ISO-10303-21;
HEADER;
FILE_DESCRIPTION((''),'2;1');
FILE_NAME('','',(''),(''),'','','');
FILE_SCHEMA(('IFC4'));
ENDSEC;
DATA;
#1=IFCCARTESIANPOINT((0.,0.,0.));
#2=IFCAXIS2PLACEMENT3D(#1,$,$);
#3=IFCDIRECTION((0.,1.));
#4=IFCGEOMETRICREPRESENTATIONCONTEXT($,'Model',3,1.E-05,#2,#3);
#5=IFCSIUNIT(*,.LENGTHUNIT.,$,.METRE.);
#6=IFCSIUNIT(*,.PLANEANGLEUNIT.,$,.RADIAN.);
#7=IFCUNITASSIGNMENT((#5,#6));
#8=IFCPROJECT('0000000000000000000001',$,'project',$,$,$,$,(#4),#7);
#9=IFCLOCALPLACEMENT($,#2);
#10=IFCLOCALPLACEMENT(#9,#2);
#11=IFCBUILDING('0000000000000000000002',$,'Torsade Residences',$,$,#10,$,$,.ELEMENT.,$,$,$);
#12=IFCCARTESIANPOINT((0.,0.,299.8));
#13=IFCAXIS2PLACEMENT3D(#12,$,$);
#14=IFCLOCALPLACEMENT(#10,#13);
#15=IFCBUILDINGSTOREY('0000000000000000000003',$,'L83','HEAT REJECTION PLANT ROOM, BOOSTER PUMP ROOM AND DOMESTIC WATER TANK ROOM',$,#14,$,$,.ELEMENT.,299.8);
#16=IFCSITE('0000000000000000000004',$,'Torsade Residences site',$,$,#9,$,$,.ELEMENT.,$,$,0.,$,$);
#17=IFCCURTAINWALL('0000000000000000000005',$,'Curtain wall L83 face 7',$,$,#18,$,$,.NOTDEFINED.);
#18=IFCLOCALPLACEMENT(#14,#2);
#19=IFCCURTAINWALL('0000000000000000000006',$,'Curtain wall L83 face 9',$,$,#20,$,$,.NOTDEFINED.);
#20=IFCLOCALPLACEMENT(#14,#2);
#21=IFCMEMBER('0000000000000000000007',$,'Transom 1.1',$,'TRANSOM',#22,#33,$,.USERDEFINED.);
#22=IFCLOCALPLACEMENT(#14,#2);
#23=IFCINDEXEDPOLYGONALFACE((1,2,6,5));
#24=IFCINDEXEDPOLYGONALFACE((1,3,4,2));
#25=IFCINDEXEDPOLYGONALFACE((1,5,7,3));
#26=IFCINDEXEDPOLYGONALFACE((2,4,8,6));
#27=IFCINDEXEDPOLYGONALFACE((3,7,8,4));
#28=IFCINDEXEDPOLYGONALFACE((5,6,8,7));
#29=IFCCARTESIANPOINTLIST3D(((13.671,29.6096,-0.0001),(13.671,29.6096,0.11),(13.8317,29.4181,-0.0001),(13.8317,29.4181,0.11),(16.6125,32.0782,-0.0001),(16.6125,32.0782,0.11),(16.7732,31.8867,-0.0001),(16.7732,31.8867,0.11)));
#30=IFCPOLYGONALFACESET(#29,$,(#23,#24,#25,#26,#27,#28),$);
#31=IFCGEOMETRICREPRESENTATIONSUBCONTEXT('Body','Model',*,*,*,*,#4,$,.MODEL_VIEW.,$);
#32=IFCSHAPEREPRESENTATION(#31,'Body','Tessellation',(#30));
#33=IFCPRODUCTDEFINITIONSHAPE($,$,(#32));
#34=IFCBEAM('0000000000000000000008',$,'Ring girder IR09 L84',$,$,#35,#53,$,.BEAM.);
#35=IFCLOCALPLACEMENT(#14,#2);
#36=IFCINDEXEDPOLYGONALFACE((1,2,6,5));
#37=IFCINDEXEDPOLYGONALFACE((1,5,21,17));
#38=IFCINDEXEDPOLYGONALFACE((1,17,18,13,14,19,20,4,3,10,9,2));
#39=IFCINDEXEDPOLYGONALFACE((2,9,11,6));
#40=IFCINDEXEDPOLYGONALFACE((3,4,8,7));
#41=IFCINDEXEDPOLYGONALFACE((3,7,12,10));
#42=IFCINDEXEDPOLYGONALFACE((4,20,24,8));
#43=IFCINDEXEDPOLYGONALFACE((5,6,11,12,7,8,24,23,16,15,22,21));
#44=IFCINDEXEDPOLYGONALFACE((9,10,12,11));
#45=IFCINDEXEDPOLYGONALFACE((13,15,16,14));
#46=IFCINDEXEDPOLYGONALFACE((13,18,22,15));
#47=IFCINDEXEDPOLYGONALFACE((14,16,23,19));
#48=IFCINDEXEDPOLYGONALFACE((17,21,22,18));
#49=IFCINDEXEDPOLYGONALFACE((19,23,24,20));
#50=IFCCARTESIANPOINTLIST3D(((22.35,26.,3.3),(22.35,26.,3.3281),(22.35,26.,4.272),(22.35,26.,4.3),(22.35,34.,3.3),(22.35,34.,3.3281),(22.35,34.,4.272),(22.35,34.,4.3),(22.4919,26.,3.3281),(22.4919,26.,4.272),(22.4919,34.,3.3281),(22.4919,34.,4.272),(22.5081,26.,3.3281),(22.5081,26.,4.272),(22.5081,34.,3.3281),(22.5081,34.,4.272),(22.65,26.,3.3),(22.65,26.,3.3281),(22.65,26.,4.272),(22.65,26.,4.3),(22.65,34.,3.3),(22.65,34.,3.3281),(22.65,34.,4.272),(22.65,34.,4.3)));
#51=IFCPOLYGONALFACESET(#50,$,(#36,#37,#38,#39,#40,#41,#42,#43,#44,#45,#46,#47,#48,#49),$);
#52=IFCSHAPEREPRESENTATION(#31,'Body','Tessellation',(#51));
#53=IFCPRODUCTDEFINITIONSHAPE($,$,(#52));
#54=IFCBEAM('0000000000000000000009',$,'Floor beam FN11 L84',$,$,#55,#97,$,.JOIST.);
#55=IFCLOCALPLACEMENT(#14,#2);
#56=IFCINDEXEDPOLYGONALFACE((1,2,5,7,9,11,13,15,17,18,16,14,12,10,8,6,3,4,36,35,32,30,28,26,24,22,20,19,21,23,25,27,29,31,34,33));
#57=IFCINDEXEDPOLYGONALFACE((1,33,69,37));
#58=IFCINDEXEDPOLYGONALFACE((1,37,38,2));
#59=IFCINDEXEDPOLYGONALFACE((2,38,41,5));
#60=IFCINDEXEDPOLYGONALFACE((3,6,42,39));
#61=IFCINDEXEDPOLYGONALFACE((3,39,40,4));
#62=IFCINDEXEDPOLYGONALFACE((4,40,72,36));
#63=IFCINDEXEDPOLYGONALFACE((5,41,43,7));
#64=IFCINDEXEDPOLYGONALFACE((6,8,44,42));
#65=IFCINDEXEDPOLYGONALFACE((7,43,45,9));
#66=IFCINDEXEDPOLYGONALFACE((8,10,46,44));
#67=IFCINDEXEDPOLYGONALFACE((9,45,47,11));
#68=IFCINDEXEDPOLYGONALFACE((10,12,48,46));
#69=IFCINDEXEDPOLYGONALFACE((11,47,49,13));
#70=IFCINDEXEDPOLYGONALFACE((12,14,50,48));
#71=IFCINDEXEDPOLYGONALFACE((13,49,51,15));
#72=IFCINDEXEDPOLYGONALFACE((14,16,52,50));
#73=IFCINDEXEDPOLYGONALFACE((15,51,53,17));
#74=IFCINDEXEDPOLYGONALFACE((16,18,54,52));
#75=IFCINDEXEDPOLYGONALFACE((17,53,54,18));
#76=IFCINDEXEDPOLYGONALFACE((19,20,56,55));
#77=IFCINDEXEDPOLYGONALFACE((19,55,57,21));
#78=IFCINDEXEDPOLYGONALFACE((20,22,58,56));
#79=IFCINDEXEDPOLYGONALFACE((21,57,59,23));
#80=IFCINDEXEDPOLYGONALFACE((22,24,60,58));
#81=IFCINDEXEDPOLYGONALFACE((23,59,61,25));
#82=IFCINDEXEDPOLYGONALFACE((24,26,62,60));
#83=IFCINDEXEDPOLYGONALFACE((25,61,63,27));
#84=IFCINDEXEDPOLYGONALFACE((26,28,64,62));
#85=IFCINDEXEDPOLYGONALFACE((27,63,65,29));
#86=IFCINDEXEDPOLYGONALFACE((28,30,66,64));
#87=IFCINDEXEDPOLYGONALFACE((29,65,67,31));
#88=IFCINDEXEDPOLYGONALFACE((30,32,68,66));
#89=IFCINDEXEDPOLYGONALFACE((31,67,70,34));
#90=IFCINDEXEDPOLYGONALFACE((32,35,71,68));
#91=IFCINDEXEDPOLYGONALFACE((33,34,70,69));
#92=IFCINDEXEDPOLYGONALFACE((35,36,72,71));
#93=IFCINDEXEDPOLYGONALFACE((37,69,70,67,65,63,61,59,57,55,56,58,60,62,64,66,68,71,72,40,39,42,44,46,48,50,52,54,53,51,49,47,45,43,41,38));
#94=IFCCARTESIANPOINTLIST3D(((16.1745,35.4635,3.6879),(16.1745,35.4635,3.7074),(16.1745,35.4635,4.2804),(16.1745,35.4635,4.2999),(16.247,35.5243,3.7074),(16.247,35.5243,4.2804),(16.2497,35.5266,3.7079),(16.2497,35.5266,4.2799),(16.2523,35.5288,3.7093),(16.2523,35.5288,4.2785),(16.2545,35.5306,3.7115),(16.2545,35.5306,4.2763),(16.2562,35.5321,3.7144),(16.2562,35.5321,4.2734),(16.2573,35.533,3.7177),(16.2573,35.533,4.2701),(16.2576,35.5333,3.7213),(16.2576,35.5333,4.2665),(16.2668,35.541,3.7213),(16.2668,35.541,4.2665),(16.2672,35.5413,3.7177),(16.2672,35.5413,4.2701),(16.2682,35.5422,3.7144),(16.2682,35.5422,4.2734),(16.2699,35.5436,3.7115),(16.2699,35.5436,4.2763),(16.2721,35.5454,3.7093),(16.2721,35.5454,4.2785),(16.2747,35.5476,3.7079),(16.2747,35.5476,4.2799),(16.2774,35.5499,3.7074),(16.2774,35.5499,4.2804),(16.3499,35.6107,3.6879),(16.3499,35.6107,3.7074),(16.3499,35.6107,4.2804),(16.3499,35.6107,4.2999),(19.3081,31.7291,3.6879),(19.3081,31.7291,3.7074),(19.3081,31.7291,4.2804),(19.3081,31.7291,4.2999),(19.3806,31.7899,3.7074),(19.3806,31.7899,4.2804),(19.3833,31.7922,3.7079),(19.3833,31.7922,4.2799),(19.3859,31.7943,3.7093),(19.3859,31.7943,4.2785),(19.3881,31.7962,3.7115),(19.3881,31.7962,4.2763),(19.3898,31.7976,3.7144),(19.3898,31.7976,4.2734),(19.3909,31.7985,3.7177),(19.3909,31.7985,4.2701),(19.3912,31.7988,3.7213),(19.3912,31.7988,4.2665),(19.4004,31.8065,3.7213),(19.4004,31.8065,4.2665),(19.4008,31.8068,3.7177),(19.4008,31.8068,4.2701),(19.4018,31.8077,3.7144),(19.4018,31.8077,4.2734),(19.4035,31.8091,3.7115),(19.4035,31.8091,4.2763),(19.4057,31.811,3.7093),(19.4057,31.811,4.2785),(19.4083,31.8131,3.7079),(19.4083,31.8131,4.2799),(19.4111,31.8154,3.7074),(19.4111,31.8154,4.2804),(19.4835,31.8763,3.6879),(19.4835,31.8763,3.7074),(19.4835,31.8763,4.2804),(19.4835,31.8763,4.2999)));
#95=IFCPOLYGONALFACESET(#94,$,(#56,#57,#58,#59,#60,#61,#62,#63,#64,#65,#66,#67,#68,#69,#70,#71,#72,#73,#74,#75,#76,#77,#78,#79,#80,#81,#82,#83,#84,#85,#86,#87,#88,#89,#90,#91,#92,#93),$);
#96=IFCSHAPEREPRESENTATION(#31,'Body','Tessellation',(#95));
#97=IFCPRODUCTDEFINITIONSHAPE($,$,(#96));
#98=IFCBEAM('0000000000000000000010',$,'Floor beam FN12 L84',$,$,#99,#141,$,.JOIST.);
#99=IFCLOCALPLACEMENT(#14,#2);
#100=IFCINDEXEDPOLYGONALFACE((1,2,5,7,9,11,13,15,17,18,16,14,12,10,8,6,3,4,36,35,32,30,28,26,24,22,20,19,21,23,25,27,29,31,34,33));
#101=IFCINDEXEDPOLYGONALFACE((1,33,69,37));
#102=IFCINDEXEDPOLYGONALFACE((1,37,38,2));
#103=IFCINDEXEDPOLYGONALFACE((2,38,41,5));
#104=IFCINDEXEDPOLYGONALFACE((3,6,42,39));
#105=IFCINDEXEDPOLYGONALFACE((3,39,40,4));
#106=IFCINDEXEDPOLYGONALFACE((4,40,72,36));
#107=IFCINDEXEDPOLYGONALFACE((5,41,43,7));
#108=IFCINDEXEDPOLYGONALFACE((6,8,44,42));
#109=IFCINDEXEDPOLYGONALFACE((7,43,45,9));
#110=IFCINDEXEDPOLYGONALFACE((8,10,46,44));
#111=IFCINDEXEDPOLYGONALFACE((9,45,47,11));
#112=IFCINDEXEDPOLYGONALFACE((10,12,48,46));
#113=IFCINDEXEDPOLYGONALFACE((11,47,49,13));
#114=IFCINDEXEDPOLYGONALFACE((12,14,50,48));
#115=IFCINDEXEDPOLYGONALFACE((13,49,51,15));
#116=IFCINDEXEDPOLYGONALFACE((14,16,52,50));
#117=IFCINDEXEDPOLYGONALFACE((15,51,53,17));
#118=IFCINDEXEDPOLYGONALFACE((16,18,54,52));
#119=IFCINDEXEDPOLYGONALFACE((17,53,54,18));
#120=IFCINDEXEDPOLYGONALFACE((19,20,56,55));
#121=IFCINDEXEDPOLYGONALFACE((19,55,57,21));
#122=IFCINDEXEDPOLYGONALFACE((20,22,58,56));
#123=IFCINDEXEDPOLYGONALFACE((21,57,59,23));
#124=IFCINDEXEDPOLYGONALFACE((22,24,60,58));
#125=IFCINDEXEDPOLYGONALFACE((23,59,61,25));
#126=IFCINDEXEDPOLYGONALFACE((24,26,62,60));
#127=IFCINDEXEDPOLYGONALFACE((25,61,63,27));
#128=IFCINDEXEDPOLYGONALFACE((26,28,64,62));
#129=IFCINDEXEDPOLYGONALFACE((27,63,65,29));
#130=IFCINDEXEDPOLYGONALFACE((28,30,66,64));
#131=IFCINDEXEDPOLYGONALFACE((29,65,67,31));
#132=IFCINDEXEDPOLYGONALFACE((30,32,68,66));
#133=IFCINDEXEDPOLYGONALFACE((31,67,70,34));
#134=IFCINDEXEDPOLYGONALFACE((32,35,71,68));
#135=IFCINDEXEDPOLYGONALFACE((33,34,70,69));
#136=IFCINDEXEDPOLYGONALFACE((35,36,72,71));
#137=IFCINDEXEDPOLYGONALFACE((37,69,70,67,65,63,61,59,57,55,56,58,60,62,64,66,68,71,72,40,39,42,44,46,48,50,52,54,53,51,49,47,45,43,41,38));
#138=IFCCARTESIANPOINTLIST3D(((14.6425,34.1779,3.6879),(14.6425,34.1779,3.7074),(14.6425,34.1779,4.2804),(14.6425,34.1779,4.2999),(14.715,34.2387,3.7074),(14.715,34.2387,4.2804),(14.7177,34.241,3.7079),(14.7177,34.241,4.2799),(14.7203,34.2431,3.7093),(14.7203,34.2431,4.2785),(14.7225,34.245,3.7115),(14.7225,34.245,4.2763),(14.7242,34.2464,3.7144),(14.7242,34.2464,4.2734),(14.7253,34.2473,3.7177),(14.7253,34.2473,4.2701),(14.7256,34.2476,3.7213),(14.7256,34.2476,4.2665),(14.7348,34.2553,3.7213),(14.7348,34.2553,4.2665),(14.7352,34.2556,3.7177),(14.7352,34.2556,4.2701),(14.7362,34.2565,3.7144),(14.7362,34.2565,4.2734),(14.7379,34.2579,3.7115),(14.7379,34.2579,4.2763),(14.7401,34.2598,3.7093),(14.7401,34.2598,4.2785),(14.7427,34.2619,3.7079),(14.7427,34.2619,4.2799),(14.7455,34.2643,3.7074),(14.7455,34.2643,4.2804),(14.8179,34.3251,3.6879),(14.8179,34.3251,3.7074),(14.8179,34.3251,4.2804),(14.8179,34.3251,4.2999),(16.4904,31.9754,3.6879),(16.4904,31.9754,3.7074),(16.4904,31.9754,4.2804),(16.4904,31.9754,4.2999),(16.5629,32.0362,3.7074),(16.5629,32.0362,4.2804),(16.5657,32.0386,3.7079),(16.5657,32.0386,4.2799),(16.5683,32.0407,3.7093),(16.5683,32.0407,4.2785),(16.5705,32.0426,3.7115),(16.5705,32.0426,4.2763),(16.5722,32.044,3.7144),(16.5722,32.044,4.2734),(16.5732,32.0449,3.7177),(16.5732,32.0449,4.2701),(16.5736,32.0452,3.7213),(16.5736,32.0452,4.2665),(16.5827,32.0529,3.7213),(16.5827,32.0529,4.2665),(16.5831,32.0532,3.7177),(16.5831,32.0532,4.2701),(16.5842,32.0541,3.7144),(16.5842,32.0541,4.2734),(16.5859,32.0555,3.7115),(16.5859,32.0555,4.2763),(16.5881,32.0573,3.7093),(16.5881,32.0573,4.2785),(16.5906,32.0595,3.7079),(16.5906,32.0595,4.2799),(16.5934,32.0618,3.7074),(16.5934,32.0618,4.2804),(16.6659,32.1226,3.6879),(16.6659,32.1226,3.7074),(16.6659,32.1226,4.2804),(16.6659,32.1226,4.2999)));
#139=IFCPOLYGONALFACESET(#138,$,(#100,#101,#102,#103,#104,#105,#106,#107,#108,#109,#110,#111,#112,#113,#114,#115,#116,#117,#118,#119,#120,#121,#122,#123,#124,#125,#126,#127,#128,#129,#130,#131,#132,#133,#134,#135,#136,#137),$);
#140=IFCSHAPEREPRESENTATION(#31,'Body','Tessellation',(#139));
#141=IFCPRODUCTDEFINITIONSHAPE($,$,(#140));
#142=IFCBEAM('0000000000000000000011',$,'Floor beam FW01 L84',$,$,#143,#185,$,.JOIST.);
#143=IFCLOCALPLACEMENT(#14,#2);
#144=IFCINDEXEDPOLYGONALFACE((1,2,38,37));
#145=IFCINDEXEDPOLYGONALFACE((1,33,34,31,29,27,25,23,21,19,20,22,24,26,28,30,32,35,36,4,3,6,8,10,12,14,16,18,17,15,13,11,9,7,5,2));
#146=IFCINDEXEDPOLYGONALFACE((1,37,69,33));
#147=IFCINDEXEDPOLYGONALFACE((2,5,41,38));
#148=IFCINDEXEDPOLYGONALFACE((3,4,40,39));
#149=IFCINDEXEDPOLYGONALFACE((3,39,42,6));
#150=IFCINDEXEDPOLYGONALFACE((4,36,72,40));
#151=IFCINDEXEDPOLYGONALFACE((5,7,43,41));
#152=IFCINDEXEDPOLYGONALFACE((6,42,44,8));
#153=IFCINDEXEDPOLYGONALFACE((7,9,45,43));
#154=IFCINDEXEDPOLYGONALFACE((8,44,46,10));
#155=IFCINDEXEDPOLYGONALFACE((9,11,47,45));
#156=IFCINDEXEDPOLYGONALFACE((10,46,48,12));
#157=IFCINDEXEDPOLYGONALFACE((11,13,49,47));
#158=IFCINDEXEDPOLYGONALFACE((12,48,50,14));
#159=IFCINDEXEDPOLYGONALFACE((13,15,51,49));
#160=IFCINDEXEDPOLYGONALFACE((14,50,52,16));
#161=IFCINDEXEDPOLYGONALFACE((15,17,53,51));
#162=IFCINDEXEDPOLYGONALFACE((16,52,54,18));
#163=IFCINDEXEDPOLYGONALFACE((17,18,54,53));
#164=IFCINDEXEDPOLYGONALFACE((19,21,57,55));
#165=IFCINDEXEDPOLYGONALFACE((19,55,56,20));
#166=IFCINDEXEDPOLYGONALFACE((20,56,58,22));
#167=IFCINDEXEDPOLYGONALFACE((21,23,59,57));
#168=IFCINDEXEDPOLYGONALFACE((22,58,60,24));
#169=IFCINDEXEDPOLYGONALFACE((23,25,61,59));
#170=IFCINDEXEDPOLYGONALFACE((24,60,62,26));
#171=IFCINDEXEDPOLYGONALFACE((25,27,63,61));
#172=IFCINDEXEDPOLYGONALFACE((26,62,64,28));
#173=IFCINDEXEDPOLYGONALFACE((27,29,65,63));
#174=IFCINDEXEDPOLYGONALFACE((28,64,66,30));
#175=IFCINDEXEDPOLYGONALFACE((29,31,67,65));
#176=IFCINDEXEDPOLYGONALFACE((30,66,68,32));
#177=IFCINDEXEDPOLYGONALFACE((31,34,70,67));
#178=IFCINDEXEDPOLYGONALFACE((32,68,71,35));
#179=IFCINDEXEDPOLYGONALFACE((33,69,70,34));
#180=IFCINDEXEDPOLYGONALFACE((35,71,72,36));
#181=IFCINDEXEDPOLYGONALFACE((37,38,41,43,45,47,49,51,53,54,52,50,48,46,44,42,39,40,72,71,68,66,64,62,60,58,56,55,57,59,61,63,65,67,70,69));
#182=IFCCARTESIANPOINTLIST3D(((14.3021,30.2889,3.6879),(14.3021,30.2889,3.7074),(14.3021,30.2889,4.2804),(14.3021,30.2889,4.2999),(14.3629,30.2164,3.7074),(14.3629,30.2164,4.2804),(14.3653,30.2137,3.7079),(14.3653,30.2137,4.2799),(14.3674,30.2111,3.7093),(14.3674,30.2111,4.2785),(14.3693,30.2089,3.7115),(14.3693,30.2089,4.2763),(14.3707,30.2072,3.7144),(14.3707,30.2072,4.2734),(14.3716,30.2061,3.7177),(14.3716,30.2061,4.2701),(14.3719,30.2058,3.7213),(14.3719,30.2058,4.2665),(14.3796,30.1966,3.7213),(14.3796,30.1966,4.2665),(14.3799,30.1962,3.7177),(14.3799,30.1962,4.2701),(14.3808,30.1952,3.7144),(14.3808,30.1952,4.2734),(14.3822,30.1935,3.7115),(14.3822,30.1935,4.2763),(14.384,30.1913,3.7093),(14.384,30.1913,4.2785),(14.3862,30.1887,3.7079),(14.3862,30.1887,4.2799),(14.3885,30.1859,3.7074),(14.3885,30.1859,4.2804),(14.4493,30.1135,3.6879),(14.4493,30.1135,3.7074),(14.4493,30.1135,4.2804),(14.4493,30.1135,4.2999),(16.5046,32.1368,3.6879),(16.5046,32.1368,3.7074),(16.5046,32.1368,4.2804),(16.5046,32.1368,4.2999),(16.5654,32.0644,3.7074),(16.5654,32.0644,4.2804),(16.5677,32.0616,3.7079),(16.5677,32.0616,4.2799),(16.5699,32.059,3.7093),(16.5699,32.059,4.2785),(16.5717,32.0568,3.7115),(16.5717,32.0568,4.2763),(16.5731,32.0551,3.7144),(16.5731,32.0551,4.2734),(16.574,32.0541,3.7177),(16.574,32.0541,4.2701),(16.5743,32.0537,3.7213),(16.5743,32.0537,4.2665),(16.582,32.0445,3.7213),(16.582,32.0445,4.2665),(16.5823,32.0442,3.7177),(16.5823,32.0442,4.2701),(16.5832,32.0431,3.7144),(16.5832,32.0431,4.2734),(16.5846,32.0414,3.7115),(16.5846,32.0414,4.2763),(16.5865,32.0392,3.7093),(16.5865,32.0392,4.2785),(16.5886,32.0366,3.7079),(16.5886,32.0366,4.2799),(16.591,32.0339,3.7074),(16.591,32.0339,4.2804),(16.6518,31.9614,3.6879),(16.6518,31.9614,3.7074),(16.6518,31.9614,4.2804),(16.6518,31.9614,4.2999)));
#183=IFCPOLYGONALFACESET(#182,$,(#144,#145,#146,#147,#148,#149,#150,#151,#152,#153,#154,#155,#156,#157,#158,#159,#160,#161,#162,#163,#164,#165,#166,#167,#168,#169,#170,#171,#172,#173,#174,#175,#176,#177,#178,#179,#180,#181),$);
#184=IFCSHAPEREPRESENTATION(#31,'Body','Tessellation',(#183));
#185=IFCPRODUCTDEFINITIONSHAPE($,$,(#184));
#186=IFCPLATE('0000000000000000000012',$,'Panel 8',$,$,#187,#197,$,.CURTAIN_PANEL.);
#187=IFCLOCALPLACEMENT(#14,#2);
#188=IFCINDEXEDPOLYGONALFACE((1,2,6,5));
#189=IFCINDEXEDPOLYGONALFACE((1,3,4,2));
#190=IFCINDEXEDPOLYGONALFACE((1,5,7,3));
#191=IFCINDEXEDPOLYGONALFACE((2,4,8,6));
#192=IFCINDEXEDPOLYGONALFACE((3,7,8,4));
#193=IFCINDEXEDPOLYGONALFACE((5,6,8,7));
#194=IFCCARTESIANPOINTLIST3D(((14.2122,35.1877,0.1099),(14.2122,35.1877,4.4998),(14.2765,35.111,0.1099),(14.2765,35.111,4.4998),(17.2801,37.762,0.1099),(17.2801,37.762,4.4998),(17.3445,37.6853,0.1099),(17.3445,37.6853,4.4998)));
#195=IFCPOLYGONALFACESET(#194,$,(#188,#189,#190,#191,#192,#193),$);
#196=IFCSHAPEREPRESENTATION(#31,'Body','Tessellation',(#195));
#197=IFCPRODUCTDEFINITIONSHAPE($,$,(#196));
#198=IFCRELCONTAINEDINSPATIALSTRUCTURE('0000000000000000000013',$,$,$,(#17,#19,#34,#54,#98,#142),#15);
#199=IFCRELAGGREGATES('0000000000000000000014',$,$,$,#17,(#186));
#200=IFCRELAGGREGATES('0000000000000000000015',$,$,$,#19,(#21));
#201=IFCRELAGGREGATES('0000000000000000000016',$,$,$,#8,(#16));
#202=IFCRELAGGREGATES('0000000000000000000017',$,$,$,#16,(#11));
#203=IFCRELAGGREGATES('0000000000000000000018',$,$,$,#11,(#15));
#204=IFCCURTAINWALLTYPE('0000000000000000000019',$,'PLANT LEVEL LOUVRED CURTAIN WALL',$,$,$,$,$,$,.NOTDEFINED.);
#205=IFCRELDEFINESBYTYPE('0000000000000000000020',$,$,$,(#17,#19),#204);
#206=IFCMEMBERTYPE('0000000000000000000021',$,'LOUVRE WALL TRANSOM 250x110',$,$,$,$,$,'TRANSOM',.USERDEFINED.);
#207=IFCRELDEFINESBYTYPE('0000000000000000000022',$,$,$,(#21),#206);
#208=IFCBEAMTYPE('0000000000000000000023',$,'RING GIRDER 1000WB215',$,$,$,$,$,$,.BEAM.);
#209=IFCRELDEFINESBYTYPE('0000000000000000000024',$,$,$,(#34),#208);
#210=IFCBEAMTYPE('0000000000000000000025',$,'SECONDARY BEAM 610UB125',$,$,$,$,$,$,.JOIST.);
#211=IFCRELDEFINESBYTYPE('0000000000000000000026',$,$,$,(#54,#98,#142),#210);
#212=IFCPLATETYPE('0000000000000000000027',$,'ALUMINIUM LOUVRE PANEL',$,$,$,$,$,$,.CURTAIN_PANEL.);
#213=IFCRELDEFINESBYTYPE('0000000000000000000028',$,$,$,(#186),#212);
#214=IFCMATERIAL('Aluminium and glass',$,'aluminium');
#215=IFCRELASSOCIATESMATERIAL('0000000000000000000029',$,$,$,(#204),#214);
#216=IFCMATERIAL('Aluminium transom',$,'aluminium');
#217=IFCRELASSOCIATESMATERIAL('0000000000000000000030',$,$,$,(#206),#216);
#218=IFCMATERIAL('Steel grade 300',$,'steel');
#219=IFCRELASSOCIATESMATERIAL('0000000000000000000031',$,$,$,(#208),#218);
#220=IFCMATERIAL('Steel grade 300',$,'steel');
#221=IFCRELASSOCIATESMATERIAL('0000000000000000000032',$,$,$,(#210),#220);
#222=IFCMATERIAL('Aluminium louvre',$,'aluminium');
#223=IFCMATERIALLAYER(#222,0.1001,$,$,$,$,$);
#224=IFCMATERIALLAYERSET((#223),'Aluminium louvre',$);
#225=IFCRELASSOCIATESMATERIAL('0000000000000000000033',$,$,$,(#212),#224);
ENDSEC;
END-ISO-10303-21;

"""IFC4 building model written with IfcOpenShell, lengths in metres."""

from ifc_helpers import new_model, si_unit, direction, frame, origin, origin_2d, place, context, subcontext, project, spatial, rectangle, i_section, extrude, material, layer, layer_set, material_profile, profile_set, type_object, element, aggregate, save


model = new_model("IFC4")

# Units and contexts
model_context = context("Model", 3, precision=1e-05, world=origin(), true_north=direction((0.0, 1.0)))
body_context = subcontext(model_context, "Body", "Model", "MODEL_VIEW")
ifc_project = project(units=[si_unit("LENGTHUNIT", "METRE"), si_unit("PLANEANGLEUNIT", "RADIAN")], contexts=[model_context])

# Site, building, storey
site_placement = place(None, origin())
site = spatial("IfcSite", under=ifc_project, at=site_placement, Name="Torsade Residences site", CompositionType="ELEMENT", RefElevation=0.0)
building_placement = place(site_placement, origin())
building = spatial("IfcBuilding", under=site, at=building_placement, Name="Torsade Residences", CompositionType="ELEMENT")
storey_placement = place(building_placement, frame((0.0, 0.0, 299.8)))
storey = spatial("IfcBuildingStorey", under=building, at=storey_placement, Name="L83", Description="HEAT REJECTION PLANT ROOM, BOOSTER PUMP ROOM AND DOMESTIC WATER TANK ROOM", CompositionType="ELEMENT", Elevation=299.8)

# Curtain wall
ifc_material_1 = material(Name="Aluminium and glass", Category="aluminium")
curtain_wall_type = type_object("IfcCurtainWallType", Name="PLANT LEVEL LOUVRED CURTAIN WALL", PredefinedType="NOTDEFINED", material=ifc_material_1)
curtain_wall_1_placement = place(storey_placement, origin())
curtain_wall_1 = element("IfcCurtainWall", 1, at=curtain_wall_1_placement, inside=storey, type_object=curtain_wall_type, Name="Curtain wall L83 face 7", PredefinedType="NOTDEFINED")

# Curtain wall, member
curtain_wall_2_placement = place(storey_placement, origin())
curtain_wall_2 = element("IfcCurtainWall", 2, at=curtain_wall_2_placement, inside=storey, type_object=curtain_wall_type, Name="Curtain wall L83 face 9", PredefinedType="NOTDEFINED")
ifc_material_2 = material(Name="Aluminium transom", Category="aluminium")
ifc_material_profile_1 = material_profile(ifc_material_2, rectangle(XDim=0.25, YDim=0.1101, at=origin_2d()), Name="LOUVRE WALL TRANSOM 250x110")
ifc_profile_set_1 = profile_set([ifc_material_profile_1], Name="Aluminium transom")
member_type_1 = type_object("IfcMemberType", Name="LOUVRE WALL TRANSOM 250x110", ElementType="TRANSOM", PredefinedType="USERDEFINED", material=ifc_profile_set_1)
member_1_placement = place(storey_placement, frame((16.6929, 31.9824, 0.0549), z_axis=(-0.765997, -0.642845, 0.0), x_axis=(0.642845, -0.765997, 0.0)))
member_1 = element("IfcMember", 3, at=member_1_placement, type_object=member_type_1, Name="Transom 1.1", ObjectType="TRANSOM", PredefinedType="USERDEFINED", context=body_context, shape_type="SweptSolid", body=[
    extrude(rectangle(XDim=0.25, YDim=0.1101, at=origin_2d()), origin(), (0.0, 0.0, 1.0), 3.8401),
])

# Beams
ifc_material_3 = material(Name="Steel grade 300", Category="steel")
ifc_material_profile_2 = material_profile(ifc_material_3, i_section(OverallWidth=0.3, OverallDepth=1.0, WebThickness=0.0161, FlangeThickness=0.0281, at=origin_2d()), Name="1000WB215")
ifc_profile_set_2 = profile_set([ifc_material_profile_2], Name="Steel grade 300")
beam_type_1 = type_object("IfcBeamType", Name="RING GIRDER 1000WB215", PredefinedType="BEAM", material=ifc_profile_set_2)
beam_1_placement = place(storey_placement, frame((22.5, 34.0, 3.8), z_axis=(0.0, -1.0, 0.0), x_axis=(1.0, 0.0, 0.0)))
element("IfcBeam", 4, at=beam_1_placement, inside=storey, type_object=beam_type_1, Name="Ring girder IR09 L84", PredefinedType="BEAM", context=body_context, shape_type="SweptSolid", body=[
    extrude(i_section(OverallWidth=0.3, OverallDepth=1.0, WebThickness=0.0161, FlangeThickness=0.0281, at=origin_2d()), origin(), (0.0, 0.0, 1.0), 8.0),
])
ifc_material_4 = material(Name="Steel grade 300", Category="steel")
ifc_material_profile_3 = material_profile(ifc_material_4, i_section(OverallWidth=0.229, OverallDepth=0.6121, WebThickness=0.012, FlangeThickness=0.0195, FilletRadius=0.0139, at=origin_2d()), Name="610UB125")
ifc_profile_set_3 = profile_set([ifc_material_profile_3], Name="Steel grade 300")
beam_type_2 = type_object("IfcBeamType", Name="SECONDARY BEAM 610UB125", PredefinedType="JOIST", material=ifc_profile_set_3)
beam_2_placement = place(storey_placement, frame((16.2622, 35.5371, 3.9939), z_axis=(0.642791, -0.766041, 0.0), x_axis=(0.766041, 0.642791, 0.0)))
element("IfcBeam", 5, at=beam_2_placement, inside=storey, type_object=beam_type_2, Name="Floor beam FN11 L84", PredefinedType="JOIST", context=body_context, shape_type="SweptSolid", body=[
    extrude(i_section(OverallWidth=0.229, OverallDepth=0.6121, WebThickness=0.012, FlangeThickness=0.0195, FilletRadius=0.0139, at=origin_2d()), origin(), (0.0, 0.0, 1.0), 4.875),
])
for number, where, z_axis, x_axis, name in (
    (6, (14.7302, 34.2515, 3.9939), (0.642762, -0.766066, 0.0), (0.766066, 0.642762, 0.0), "Floor beam FN12 L84"),
    (7, (14.3757, 30.2012, 3.9939), (0.766066, 0.642762, 0.0), (-0.642762, 0.766066, 0.0), "Floor beam FW01 L84"),
):
    element("IfcBeam", number, at=place(storey_placement, frame(where, z_axis=z_axis, x_axis=x_axis)), inside=storey, type_object=beam_type_2, Name=name, PredefinedType="JOIST", context=body_context, shape_type="SweptSolid", body=[
        extrude(i_section(OverallWidth=0.229, OverallDepth=0.6121, WebThickness=0.012, FlangeThickness=0.0195, FilletRadius=0.0139, at=origin_2d()), origin(), (0.0, 0.0, 1.0), 2.875),
    ])

# Plate
ifc_material_5 = material(Name="Aluminium louvre", Category="aluminium")
ifc_layer_1 = layer(ifc_material_5, 0.1001)
ifc_layer_set_1 = layer_set([ifc_layer_1], Name="Aluminium louvre")
plate_type = type_object("IfcPlateType", Name="ALUMINIUM LOUVRE PANEL", PredefinedType="CURTAIN_PANEL", material=ifc_layer_set_1)
plate_1_placement = place(storey_placement, frame((15.7783, 36.4365, 0.1099), z_axis=(0.0, 0.0, 1.0), x_axis=(-0.766044, -0.642788, 0.0)))
plate_1 = element("IfcPlate", 8, at=plate_1_placement, type_object=plate_type, Name="Panel 8", PredefinedType="CURTAIN_PANEL", context=body_context, shape_type="SweptSolid", body=[
    extrude(rectangle(XDim=4.0049, YDim=0.1001, at=origin_2d()), origin(), (0.0, 0.0, 1.0), 4.3899),
])
aggregate(curtain_wall_1, [plate_1])
aggregate(curtain_wall_2, [member_1])

save(model, "model.ifc")
